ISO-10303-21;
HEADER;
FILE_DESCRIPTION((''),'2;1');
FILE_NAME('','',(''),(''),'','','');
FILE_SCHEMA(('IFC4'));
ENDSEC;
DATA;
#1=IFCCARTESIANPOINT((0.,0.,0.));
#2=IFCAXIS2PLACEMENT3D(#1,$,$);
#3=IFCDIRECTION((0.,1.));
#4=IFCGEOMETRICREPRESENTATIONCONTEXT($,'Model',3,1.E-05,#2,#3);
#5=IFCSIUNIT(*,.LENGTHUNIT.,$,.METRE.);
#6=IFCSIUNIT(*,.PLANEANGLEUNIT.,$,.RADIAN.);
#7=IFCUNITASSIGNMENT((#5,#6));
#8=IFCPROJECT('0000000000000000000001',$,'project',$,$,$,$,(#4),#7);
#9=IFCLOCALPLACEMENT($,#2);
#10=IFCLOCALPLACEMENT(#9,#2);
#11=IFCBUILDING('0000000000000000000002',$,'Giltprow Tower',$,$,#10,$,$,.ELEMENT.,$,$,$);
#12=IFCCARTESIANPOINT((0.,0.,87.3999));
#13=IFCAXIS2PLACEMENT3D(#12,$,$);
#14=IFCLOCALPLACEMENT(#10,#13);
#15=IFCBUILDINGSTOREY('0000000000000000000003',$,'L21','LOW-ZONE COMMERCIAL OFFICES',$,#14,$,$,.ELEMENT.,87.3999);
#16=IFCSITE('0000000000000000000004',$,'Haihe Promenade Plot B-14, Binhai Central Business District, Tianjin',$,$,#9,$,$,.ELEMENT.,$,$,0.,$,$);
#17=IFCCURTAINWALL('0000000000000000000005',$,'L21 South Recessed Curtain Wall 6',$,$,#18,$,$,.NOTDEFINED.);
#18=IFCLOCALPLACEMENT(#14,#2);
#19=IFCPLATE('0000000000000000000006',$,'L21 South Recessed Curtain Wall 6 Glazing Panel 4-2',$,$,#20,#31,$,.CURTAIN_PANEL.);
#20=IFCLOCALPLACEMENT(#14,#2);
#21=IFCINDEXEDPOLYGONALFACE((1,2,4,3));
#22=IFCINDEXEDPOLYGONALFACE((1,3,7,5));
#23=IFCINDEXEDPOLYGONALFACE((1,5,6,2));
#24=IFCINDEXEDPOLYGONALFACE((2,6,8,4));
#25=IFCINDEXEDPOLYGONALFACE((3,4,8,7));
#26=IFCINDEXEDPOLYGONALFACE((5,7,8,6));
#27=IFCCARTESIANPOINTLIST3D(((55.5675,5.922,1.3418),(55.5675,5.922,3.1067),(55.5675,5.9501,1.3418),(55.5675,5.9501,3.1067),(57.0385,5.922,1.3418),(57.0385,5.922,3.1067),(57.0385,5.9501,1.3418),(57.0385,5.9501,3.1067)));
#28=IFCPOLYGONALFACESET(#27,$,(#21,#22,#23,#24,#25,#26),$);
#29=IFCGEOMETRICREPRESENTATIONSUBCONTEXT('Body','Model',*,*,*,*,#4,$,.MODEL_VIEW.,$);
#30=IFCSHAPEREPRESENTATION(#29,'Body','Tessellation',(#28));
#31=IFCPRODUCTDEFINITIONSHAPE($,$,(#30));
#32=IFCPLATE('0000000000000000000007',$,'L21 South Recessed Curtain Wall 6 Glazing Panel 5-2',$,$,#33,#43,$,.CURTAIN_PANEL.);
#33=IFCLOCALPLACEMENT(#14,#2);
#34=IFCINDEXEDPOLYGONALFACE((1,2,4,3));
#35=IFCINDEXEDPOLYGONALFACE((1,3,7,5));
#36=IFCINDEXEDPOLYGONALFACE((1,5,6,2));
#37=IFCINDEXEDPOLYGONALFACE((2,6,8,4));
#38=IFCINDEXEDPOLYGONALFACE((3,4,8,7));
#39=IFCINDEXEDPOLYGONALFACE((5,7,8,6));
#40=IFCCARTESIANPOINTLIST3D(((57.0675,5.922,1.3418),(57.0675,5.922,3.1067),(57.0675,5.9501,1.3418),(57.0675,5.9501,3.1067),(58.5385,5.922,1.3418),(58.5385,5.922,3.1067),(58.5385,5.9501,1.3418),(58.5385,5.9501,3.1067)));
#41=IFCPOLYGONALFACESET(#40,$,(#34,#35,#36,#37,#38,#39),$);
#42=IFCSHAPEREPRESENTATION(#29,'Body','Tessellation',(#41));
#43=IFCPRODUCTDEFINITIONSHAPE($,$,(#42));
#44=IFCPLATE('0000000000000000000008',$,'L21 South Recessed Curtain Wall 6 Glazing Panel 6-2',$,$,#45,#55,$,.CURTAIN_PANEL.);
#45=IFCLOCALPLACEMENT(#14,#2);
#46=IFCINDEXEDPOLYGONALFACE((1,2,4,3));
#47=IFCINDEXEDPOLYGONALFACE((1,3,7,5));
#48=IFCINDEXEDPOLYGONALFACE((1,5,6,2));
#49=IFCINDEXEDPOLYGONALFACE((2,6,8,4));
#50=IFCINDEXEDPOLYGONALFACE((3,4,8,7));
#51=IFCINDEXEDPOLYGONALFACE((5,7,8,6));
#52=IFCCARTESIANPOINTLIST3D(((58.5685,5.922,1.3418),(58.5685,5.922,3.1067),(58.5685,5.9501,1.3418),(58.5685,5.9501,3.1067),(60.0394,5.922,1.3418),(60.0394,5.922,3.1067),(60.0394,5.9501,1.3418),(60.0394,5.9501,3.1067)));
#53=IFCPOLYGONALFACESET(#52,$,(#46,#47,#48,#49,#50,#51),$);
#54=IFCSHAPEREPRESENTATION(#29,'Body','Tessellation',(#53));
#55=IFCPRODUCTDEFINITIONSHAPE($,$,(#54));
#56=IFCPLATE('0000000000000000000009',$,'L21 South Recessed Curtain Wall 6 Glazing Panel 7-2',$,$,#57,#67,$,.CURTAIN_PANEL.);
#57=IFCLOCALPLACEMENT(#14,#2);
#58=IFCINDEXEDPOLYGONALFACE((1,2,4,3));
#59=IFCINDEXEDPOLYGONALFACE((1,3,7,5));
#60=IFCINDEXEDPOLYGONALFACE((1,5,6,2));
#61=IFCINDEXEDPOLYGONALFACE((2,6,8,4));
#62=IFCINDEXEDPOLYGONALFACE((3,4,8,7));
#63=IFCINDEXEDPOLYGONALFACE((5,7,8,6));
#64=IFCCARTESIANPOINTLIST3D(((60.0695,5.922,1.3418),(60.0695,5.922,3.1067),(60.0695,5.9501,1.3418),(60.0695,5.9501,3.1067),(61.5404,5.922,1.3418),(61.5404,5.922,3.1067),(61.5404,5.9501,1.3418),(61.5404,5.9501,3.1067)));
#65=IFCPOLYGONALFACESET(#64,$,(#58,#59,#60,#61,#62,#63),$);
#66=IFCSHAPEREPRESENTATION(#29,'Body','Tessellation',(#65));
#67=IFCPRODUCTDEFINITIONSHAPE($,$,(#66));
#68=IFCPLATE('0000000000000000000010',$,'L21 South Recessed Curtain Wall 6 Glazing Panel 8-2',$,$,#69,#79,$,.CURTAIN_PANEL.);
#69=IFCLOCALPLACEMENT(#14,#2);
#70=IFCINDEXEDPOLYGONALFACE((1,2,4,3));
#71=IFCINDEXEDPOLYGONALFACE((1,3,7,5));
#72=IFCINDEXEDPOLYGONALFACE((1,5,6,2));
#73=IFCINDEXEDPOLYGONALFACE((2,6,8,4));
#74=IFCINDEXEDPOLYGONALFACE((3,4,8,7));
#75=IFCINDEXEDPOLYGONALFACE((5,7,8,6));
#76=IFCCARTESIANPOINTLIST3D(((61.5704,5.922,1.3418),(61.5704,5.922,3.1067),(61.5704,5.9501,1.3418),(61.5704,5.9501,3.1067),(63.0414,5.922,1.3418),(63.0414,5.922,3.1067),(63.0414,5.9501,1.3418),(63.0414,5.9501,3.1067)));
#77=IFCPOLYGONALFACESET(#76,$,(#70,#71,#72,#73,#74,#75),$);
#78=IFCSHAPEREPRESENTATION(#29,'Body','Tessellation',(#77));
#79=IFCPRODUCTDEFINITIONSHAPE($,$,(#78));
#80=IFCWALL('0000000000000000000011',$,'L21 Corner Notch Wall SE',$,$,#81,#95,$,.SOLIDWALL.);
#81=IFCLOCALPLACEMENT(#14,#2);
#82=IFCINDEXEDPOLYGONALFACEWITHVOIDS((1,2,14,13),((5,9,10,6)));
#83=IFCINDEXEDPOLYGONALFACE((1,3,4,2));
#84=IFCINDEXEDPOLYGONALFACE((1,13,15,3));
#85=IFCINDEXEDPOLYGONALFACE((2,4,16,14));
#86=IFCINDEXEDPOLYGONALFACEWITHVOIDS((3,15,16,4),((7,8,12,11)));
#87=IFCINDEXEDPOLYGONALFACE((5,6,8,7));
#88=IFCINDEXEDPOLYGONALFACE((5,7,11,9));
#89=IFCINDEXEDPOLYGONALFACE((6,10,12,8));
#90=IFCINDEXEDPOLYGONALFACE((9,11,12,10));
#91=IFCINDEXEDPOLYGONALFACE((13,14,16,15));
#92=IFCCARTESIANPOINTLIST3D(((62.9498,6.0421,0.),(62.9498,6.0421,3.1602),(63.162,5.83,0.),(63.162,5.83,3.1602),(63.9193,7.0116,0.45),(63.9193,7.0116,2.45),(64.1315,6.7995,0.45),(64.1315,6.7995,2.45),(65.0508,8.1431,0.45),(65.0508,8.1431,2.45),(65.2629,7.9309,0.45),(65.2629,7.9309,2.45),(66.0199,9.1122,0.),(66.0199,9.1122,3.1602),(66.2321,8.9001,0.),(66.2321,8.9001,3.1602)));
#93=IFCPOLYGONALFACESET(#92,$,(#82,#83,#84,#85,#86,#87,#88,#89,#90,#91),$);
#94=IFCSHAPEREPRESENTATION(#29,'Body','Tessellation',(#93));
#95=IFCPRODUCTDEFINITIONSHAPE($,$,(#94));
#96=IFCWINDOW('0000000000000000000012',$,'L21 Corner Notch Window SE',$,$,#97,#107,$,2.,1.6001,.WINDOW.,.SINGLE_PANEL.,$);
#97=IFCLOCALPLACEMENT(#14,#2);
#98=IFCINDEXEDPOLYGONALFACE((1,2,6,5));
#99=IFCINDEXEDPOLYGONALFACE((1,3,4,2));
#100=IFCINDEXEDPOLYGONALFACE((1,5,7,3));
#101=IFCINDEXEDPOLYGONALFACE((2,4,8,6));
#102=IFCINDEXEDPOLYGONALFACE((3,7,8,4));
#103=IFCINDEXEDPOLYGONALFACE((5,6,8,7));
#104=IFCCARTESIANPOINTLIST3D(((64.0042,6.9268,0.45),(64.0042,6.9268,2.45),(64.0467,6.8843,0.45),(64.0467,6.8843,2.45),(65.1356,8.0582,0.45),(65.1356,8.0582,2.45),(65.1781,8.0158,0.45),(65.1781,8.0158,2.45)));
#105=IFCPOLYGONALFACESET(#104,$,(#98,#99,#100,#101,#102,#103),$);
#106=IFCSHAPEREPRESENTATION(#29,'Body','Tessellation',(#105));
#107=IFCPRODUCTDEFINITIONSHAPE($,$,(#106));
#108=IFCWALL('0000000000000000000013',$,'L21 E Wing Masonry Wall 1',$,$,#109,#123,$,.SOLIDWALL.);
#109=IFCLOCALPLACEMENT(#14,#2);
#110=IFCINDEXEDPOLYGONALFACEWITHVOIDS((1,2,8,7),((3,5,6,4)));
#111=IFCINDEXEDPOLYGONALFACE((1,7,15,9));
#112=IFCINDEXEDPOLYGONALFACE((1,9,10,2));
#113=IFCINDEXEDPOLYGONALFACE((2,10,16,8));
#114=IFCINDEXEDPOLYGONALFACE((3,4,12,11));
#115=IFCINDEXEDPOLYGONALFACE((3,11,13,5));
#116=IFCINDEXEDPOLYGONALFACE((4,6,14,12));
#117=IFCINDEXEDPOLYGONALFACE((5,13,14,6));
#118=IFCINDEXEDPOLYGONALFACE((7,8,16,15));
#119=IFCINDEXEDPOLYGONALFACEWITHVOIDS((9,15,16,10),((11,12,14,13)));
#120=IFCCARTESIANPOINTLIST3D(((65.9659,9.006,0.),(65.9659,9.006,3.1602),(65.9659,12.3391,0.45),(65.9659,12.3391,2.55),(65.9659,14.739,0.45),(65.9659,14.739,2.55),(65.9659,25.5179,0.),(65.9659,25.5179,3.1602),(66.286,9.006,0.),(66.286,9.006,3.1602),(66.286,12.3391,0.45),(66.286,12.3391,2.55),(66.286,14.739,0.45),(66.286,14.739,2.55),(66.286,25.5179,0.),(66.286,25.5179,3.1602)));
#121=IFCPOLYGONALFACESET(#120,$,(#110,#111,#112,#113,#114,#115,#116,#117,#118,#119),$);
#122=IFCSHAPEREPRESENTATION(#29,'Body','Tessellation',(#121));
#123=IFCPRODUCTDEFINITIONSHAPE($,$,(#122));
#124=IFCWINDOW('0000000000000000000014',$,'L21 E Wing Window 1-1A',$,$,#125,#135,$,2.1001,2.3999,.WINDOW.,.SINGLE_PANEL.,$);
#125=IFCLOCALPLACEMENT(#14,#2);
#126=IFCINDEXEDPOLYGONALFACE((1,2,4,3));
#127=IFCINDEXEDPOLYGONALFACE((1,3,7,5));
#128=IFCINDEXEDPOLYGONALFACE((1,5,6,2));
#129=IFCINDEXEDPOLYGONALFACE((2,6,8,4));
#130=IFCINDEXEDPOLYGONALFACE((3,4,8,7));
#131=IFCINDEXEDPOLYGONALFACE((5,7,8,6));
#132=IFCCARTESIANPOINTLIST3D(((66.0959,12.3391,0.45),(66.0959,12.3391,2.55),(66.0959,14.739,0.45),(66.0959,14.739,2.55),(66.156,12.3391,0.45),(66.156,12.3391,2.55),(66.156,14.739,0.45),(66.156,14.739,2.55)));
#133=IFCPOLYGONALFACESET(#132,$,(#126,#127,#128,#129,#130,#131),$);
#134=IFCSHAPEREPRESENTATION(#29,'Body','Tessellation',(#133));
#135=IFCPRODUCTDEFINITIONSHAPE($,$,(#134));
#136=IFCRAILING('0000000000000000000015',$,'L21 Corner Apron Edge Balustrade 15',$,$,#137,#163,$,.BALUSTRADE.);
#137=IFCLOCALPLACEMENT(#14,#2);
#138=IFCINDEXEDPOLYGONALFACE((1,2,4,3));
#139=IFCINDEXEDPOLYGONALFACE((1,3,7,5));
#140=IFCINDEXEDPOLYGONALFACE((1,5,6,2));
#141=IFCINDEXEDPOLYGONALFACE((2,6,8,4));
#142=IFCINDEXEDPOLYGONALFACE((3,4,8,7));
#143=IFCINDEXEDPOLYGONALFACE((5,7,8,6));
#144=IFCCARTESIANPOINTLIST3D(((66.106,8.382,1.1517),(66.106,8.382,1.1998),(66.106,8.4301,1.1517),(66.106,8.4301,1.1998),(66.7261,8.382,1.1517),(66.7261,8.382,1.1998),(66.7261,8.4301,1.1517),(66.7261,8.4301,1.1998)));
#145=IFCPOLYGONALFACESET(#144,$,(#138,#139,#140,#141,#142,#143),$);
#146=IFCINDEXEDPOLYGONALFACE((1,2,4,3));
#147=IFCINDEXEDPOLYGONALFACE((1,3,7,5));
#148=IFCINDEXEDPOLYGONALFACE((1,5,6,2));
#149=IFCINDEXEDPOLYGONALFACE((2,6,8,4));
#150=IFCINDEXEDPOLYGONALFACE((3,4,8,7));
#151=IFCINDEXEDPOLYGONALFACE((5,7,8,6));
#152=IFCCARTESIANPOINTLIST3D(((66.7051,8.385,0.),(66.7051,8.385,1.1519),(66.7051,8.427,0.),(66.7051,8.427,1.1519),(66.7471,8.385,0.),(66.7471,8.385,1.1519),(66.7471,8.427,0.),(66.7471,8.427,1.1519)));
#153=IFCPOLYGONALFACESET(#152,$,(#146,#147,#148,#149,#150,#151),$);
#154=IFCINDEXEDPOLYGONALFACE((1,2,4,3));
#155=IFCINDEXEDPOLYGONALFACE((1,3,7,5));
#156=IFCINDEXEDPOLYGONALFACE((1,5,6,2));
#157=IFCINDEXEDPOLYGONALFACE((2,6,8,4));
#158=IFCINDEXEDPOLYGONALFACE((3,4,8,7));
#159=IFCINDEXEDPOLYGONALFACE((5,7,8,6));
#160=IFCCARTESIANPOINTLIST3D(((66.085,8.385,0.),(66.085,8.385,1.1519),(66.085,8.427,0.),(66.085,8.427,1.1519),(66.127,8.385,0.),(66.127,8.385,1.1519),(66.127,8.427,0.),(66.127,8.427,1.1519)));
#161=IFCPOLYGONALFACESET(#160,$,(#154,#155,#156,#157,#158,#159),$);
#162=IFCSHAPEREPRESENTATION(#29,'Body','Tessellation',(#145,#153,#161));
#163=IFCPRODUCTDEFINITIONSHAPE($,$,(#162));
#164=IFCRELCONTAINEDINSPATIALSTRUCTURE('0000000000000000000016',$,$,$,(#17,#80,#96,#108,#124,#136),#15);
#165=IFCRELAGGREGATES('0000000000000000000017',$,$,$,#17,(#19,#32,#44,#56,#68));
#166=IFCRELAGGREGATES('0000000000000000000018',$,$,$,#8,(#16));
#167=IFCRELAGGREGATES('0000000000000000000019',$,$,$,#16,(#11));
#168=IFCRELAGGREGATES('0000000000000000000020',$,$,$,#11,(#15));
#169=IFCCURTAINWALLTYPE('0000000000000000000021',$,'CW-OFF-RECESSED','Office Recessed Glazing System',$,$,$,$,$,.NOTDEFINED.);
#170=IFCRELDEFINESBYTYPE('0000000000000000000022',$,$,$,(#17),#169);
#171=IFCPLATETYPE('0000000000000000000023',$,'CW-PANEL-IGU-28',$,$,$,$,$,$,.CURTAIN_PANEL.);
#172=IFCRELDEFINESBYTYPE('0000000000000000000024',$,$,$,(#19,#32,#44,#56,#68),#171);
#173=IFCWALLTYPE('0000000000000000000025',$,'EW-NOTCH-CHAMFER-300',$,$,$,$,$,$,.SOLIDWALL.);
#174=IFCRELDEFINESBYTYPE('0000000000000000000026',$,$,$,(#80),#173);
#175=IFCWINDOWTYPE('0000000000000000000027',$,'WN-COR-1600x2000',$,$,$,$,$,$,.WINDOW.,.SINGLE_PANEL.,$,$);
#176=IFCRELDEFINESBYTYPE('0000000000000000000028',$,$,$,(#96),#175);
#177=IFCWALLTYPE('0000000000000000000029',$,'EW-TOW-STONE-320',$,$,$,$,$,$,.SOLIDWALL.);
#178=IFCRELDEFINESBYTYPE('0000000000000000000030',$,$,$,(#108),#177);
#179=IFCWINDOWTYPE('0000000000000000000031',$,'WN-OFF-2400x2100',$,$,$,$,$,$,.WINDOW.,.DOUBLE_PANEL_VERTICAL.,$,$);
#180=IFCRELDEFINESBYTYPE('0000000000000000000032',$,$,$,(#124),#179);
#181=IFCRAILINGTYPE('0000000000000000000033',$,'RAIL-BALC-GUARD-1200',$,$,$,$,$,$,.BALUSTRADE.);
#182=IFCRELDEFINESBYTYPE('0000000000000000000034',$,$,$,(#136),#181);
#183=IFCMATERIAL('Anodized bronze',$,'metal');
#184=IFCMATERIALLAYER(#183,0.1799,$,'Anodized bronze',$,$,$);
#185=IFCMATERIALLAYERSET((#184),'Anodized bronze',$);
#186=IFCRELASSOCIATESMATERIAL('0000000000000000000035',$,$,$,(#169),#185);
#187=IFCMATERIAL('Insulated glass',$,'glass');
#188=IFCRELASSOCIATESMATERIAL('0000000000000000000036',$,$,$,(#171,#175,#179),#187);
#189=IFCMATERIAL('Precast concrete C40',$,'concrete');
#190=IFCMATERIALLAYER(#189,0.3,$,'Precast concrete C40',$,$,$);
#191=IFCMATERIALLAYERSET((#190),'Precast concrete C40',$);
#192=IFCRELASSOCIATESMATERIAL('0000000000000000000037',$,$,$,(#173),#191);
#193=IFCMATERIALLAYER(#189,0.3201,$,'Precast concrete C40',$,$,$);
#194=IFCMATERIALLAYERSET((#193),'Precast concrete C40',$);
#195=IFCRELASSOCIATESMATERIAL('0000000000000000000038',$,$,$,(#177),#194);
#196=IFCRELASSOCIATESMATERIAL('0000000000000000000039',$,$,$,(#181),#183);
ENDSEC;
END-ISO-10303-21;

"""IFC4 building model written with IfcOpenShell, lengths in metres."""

from ifc_helpers import new_model, si_unit, direction, frame, frame_2d, origin, origin_2d, place, context, subcontext, project, spatial, rectangle, extrude, source, transform, mapped, material, layer, layer_set, type_object, element, fill, aggregate, save


model = new_model("IFC4")

# Units and contexts
model_context = context("Model", 3, precision=1e-05, world=origin(), true_north=direction((0.0, 1.0)))
body_context = subcontext(model_context, "Body", "Model", "MODEL_VIEW")
ifc_project = project(units=[si_unit("LENGTHUNIT", "METRE"), si_unit("PLANEANGLEUNIT", "RADIAN")], contexts=[model_context])

# Site, building, storey
site_placement = place(None, origin())
site = spatial("IfcSite", under=ifc_project, at=site_placement, Name="Haihe Promenade Plot B-14, Binhai Central Business District, Tianjin", CompositionType="ELEMENT", RefElevation=0.0)
building_placement = place(site_placement, origin())
building = spatial("IfcBuilding", under=site, at=building_placement, Name="Giltprow Tower", CompositionType="ELEMENT")
storey_placement = place(building_placement, frame((0.0, 0.0, 87.3999)))
storey = spatial("IfcBuildingStorey", under=building, at=storey_placement, Name="L21", Description="LOW-ZONE COMMERCIAL OFFICES", CompositionType="ELEMENT", Elevation=87.3999)

# Curtain wall, plates
ifc_material_1 = material(Name="Anodized bronze", Category="metal")
ifc_layer_1 = layer(ifc_material_1, 0.1799, Name="Anodized bronze")
ifc_layer_set_1 = layer_set([ifc_layer_1], Name="Anodized bronze")
curtain_wall_type = type_object("IfcCurtainWallType", Name="CW-OFF-RECESSED", Description="Office Recessed Glazing System", PredefinedType="NOTDEFINED", material=ifc_layer_set_1)
curtain_wall_placement = place(storey_placement, origin())
curtain_wall = element("IfcCurtainWall", 1, at=curtain_wall_placement, inside=storey, type_object=curtain_wall_type, Name="L21 South Recessed Curtain Wall 6", PredefinedType="NOTDEFINED")
ifc_material_2 = material(Name="Insulated glass", Category="glass")
plate_type = type_object("IfcPlateType", Name="CW-PANEL-IGU-28", PredefinedType="CURTAIN_PANEL", material=ifc_material_2)
shared_shape_1 = source(origin(), body_context, "Body", "SweptSolid", [
    extrude(rectangle(XDim=1.4709, YDim=0.0281, at=origin_2d()), origin(), (0.0, 0.0, 1.0), 1.7649),
])
plate_1_placement = place(storey_placement, frame((56.303, 5.936, 1.3418), z_axis=(0.0, 0.0, 1.0), x_axis=(1.0, 0.0, 0.0)))
plate_1 = element("IfcPlate", 2, at=plate_1_placement, type_object=plate_type, Name="L21 South Recessed Curtain Wall 6 Glazing Panel 4-2", PredefinedType="CURTAIN_PANEL", context=body_context, shape_type="MappedRepresentation", body=[
    mapped(shared_shape_1, transform((0.0, 0.0, 0.0), x_axis=(1.0, 0.0, 0.0), y_axis=(0.0, 1.0, 0.0), z_axis=(0.0, 0.0, 1.0), scale=1.0)),
])
plate_2_placement = place(storey_placement, frame((57.803, 5.936, 1.3418), z_axis=(0.0, 0.0, 1.0), x_axis=(1.0, 0.0, 0.0)))
plate_2 = element("IfcPlate", 3, at=plate_2_placement, type_object=plate_type, Name="L21 South Recessed Curtain Wall 6 Glazing Panel 5-2", PredefinedType="CURTAIN_PANEL", context=body_context, shape_type="MappedRepresentation", body=[
    mapped(shared_shape_1, transform((0.0, 0.0, 0.0), x_axis=(1.0, 0.0, 0.0), y_axis=(0.0, 1.0, 0.0), z_axis=(0.0, 0.0, 1.0), scale=1.0)),
])
plate_3_placement = place(storey_placement, frame((59.304, 5.936, 1.3418), z_axis=(0.0, 0.0, 1.0), x_axis=(1.0, 0.0, 0.0)))
plate_3 = element("IfcPlate", 4, at=plate_3_placement, type_object=plate_type, Name="L21 South Recessed Curtain Wall 6 Glazing Panel 6-2", PredefinedType="CURTAIN_PANEL", context=body_context, shape_type="MappedRepresentation", body=[
    mapped(shared_shape_1, transform((0.0, 0.0, 0.0), x_axis=(1.0, 0.0, 0.0), y_axis=(0.0, 1.0, 0.0), z_axis=(0.0, 0.0, 1.0), scale=1.0)),
])
plate_4_placement = place(storey_placement, frame((60.8049, 5.936, 1.3418), z_axis=(0.0, 0.0, 1.0), x_axis=(1.0, 0.0, 0.0)))
plate_4 = element("IfcPlate", 5, at=plate_4_placement, type_object=plate_type, Name="L21 South Recessed Curtain Wall 6 Glazing Panel 7-2", PredefinedType="CURTAIN_PANEL", context=body_context, shape_type="MappedRepresentation", body=[
    mapped(shared_shape_1, transform((0.0, 0.0, 0.0), x_axis=(1.0, 0.0, 0.0), y_axis=(0.0, 1.0, 0.0), z_axis=(0.0, 0.0, 1.0), scale=1.0)),
])
plate_5_placement = place(storey_placement, frame((62.3059, 5.936, 1.3418), z_axis=(0.0, 0.0, 1.0), x_axis=(1.0, 0.0, 0.0)))
plate_5 = element("IfcPlate", 6, at=plate_5_placement, type_object=plate_type, Name="L21 South Recessed Curtain Wall 6 Glazing Panel 8-2", PredefinedType="CURTAIN_PANEL", context=body_context, shape_type="MappedRepresentation", body=[
    mapped(shared_shape_1, transform((0.0, 0.0, 0.0), x_axis=(1.0, 0.0, 0.0), y_axis=(0.0, 1.0, 0.0), z_axis=(0.0, 0.0, 1.0), scale=1.0)),
])
aggregate(curtain_wall, [plate_1, plate_2, plate_3, plate_4, plate_5])

# Walls, openings, windows
ifc_material_3 = material(Name="Precast concrete C40", Category="concrete")
ifc_layer_2 = layer(ifc_material_3, 0.3, Name="Precast concrete C40")
ifc_layer_set_2 = layer_set([ifc_layer_2], Name="Precast concrete C40")
wall_type_1 = type_object("IfcWallType", Name="EW-NOTCH-CHAMFER-300", PredefinedType="SOLIDWALL", material=ifc_layer_set_2)
wall_1_placement = place(storey_placement, frame((63.0559, 5.936, 0.0), z_axis=(0.0, 0.0, 1.0), x_axis=(0.707107, 0.707107, 0.0)))
wall_1 = element("IfcWall", 7, at=wall_1_placement, inside=storey, type_object=wall_type_1, Name="L21 Corner Notch Wall SE", PredefinedType="SOLIDWALL", context=body_context, shape_type="SweptSolid", body=[
    extrude(rectangle(XDim=4.3418, YDim=0.3, at=frame_2d((2.1709, 0.0))), origin(), (0.0, 0.0, 1.0), 3.1602),
])
opening_1_placement = place(wall_1_placement, frame((1.3711, 0.0, 0.45)))
opening_1 = element("IfcOpeningElement", 8, at=opening_1_placement, cuts=wall_1, PredefinedType="OPENING", context=body_context, shape_type="SweptSolid", body=[
    extrude(rectangle(XDim=1.6001, YDim=2.0, at=frame_2d((0.8, 1.0))), frame((0.0, 0.1599, 0.0), z_axis=(0.0, -1.0, 0.0), x_axis=(1.0, 0.0, 0.0)), (0.0, 0.0, 1.0), 0.3201),
])
window_type_1 = type_object("IfcWindowType", Name="WN-COR-1600x2000", PartitioningType="SINGLE_PANEL", PredefinedType="WINDOW", material=ifc_material_2)
shared_shape_2 = source(origin(), body_context, "Body", "SweptSolid", [
    extrude(rectangle(XDim=1.6001, YDim=2.0, at=frame_2d((0.8, 1.0))), frame((0.0, 0.03, 0.0), z_axis=(0.0, -1.0, 0.0), x_axis=(1.0, 0.0, 0.0)), (0.0, 0.0, 1.0), 0.0601),
])
window_1_placement = place(opening_1_placement, origin())
window_1 = element("IfcWindow", 9, at=window_1_placement, inside=storey, type_object=window_type_1, Name="L21 Corner Notch Window SE", OverallHeight=2.0, OverallWidth=1.6001, PartitioningType="SINGLE_PANEL", PredefinedType="WINDOW", context=body_context, shape_type="MappedRepresentation", body=[
    mapped(shared_shape_2, transform((0.0, 0.0, 0.0), x_axis=(1.0, 0.0, 0.0), y_axis=(0.0, 1.0, 0.0), z_axis=(0.0, 0.0, 1.0), scale=1.0)),
])
fill(opening_1, window_1)
ifc_layer_3 = layer(ifc_material_3, 0.3201, Name="Precast concrete C40")
ifc_layer_set_3 = layer_set([ifc_layer_3], Name="Precast concrete C40")
wall_type_2 = type_object("IfcWallType", Name="EW-TOW-STONE-320", PredefinedType="SOLIDWALL", material=ifc_layer_set_3)
wall_2_placement = place(storey_placement, frame((66.126, 9.0061, 0.0), z_axis=(0.0, 0.0, 1.0), x_axis=(0.0, 1.0, 0.0)))
wall_2 = element("IfcWall", 10, at=wall_2_placement, inside=storey, type_object=wall_type_2, Name="L21 E Wing Masonry Wall 1", PredefinedType="SOLIDWALL", context=body_context, shape_type="SweptSolid", body=[
    extrude(rectangle(XDim=16.512, YDim=0.3201, at=frame_2d((8.2559, 0.0))), origin(), (0.0, 0.0, 1.0), 3.1602),
])
opening_2_placement = place(wall_2_placement, frame((3.333, 0.0, 0.45)))
opening_2 = element("IfcOpeningElement", 11, at=opening_2_placement, cuts=wall_2, PredefinedType="OPENING", context=body_context, shape_type="SweptSolid", body=[
    extrude(rectangle(XDim=2.3999, YDim=2.1001, at=frame_2d((1.2, 1.05))), frame((0.0, 0.1699, 0.0), z_axis=(0.0, -1.0, 0.0), x_axis=(1.0, 0.0, 0.0)), (0.0, 0.0, 1.0), 0.3401),
])
window_type_2 = type_object("IfcWindowType", Name="WN-OFF-2400x2100", PartitioningType="DOUBLE_PANEL_VERTICAL", PredefinedType="WINDOW", material=ifc_material_2)
shared_shape_3 = source(origin(), body_context, "Body", "SweptSolid", [
    extrude(rectangle(XDim=2.3999, YDim=2.1001, at=frame_2d((1.2, 1.05))), frame((0.0, 0.03, 0.0), z_axis=(0.0, -1.0, 0.0), x_axis=(1.0, 0.0, 0.0)), (0.0, 0.0, 1.0), 0.0601),
])
window_2_placement = place(opening_2_placement, origin())
window_2 = element("IfcWindow", 12, at=window_2_placement, inside=storey, type_object=window_type_2, Name="L21 E Wing Window 1-1A", OverallHeight=2.1001, OverallWidth=2.3999, PartitioningType="SINGLE_PANEL", PredefinedType="WINDOW", context=body_context, shape_type="MappedRepresentation", body=[
    mapped(shared_shape_3, transform((0.0, 0.0, 0.0), x_axis=(1.0, 0.0, 0.0), y_axis=(0.0, 1.0, 0.0), z_axis=(0.0, 0.0, 1.0), scale=1.0)),
])
fill(opening_2, window_2)

# Railing
railing_type = type_object("IfcRailingType", Name="RAIL-BALC-GUARD-1200", PredefinedType="BALUSTRADE", material=ifc_material_1)
railing_1_placement = place(storey_placement, frame((66.7261, 8.406, 0.0)))
element("IfcRailing", 13, at=railing_1_placement, inside=storey, type_object=railing_type, Name="L21 Corner Apron Edge Balustrade 15", PredefinedType="BALUSTRADE", context=body_context, shape_type="SweptSolid", body=[
    extrude(rectangle(XDim=0.0481, YDim=0.0481, at=origin_2d()), frame((0.0, 0.0, 1.1758), z_axis=(-1.0, 0.0, 0.0), x_axis=(0.0, -1.0, 0.0)), (0.0, 0.0, 1.0), 0.6201),
    extrude(rectangle(XDim=0.042, YDim=0.042, at=origin_2d()), origin(), (0.0, 0.0, 1.0), 1.1519),
    extrude(rectangle(XDim=0.042, YDim=0.042, at=origin_2d()), frame((-0.6201, 0.0, 0.0)), (0.0, 0.0, 1.0), 1.1519),
])

save(model, "model.ifc")
